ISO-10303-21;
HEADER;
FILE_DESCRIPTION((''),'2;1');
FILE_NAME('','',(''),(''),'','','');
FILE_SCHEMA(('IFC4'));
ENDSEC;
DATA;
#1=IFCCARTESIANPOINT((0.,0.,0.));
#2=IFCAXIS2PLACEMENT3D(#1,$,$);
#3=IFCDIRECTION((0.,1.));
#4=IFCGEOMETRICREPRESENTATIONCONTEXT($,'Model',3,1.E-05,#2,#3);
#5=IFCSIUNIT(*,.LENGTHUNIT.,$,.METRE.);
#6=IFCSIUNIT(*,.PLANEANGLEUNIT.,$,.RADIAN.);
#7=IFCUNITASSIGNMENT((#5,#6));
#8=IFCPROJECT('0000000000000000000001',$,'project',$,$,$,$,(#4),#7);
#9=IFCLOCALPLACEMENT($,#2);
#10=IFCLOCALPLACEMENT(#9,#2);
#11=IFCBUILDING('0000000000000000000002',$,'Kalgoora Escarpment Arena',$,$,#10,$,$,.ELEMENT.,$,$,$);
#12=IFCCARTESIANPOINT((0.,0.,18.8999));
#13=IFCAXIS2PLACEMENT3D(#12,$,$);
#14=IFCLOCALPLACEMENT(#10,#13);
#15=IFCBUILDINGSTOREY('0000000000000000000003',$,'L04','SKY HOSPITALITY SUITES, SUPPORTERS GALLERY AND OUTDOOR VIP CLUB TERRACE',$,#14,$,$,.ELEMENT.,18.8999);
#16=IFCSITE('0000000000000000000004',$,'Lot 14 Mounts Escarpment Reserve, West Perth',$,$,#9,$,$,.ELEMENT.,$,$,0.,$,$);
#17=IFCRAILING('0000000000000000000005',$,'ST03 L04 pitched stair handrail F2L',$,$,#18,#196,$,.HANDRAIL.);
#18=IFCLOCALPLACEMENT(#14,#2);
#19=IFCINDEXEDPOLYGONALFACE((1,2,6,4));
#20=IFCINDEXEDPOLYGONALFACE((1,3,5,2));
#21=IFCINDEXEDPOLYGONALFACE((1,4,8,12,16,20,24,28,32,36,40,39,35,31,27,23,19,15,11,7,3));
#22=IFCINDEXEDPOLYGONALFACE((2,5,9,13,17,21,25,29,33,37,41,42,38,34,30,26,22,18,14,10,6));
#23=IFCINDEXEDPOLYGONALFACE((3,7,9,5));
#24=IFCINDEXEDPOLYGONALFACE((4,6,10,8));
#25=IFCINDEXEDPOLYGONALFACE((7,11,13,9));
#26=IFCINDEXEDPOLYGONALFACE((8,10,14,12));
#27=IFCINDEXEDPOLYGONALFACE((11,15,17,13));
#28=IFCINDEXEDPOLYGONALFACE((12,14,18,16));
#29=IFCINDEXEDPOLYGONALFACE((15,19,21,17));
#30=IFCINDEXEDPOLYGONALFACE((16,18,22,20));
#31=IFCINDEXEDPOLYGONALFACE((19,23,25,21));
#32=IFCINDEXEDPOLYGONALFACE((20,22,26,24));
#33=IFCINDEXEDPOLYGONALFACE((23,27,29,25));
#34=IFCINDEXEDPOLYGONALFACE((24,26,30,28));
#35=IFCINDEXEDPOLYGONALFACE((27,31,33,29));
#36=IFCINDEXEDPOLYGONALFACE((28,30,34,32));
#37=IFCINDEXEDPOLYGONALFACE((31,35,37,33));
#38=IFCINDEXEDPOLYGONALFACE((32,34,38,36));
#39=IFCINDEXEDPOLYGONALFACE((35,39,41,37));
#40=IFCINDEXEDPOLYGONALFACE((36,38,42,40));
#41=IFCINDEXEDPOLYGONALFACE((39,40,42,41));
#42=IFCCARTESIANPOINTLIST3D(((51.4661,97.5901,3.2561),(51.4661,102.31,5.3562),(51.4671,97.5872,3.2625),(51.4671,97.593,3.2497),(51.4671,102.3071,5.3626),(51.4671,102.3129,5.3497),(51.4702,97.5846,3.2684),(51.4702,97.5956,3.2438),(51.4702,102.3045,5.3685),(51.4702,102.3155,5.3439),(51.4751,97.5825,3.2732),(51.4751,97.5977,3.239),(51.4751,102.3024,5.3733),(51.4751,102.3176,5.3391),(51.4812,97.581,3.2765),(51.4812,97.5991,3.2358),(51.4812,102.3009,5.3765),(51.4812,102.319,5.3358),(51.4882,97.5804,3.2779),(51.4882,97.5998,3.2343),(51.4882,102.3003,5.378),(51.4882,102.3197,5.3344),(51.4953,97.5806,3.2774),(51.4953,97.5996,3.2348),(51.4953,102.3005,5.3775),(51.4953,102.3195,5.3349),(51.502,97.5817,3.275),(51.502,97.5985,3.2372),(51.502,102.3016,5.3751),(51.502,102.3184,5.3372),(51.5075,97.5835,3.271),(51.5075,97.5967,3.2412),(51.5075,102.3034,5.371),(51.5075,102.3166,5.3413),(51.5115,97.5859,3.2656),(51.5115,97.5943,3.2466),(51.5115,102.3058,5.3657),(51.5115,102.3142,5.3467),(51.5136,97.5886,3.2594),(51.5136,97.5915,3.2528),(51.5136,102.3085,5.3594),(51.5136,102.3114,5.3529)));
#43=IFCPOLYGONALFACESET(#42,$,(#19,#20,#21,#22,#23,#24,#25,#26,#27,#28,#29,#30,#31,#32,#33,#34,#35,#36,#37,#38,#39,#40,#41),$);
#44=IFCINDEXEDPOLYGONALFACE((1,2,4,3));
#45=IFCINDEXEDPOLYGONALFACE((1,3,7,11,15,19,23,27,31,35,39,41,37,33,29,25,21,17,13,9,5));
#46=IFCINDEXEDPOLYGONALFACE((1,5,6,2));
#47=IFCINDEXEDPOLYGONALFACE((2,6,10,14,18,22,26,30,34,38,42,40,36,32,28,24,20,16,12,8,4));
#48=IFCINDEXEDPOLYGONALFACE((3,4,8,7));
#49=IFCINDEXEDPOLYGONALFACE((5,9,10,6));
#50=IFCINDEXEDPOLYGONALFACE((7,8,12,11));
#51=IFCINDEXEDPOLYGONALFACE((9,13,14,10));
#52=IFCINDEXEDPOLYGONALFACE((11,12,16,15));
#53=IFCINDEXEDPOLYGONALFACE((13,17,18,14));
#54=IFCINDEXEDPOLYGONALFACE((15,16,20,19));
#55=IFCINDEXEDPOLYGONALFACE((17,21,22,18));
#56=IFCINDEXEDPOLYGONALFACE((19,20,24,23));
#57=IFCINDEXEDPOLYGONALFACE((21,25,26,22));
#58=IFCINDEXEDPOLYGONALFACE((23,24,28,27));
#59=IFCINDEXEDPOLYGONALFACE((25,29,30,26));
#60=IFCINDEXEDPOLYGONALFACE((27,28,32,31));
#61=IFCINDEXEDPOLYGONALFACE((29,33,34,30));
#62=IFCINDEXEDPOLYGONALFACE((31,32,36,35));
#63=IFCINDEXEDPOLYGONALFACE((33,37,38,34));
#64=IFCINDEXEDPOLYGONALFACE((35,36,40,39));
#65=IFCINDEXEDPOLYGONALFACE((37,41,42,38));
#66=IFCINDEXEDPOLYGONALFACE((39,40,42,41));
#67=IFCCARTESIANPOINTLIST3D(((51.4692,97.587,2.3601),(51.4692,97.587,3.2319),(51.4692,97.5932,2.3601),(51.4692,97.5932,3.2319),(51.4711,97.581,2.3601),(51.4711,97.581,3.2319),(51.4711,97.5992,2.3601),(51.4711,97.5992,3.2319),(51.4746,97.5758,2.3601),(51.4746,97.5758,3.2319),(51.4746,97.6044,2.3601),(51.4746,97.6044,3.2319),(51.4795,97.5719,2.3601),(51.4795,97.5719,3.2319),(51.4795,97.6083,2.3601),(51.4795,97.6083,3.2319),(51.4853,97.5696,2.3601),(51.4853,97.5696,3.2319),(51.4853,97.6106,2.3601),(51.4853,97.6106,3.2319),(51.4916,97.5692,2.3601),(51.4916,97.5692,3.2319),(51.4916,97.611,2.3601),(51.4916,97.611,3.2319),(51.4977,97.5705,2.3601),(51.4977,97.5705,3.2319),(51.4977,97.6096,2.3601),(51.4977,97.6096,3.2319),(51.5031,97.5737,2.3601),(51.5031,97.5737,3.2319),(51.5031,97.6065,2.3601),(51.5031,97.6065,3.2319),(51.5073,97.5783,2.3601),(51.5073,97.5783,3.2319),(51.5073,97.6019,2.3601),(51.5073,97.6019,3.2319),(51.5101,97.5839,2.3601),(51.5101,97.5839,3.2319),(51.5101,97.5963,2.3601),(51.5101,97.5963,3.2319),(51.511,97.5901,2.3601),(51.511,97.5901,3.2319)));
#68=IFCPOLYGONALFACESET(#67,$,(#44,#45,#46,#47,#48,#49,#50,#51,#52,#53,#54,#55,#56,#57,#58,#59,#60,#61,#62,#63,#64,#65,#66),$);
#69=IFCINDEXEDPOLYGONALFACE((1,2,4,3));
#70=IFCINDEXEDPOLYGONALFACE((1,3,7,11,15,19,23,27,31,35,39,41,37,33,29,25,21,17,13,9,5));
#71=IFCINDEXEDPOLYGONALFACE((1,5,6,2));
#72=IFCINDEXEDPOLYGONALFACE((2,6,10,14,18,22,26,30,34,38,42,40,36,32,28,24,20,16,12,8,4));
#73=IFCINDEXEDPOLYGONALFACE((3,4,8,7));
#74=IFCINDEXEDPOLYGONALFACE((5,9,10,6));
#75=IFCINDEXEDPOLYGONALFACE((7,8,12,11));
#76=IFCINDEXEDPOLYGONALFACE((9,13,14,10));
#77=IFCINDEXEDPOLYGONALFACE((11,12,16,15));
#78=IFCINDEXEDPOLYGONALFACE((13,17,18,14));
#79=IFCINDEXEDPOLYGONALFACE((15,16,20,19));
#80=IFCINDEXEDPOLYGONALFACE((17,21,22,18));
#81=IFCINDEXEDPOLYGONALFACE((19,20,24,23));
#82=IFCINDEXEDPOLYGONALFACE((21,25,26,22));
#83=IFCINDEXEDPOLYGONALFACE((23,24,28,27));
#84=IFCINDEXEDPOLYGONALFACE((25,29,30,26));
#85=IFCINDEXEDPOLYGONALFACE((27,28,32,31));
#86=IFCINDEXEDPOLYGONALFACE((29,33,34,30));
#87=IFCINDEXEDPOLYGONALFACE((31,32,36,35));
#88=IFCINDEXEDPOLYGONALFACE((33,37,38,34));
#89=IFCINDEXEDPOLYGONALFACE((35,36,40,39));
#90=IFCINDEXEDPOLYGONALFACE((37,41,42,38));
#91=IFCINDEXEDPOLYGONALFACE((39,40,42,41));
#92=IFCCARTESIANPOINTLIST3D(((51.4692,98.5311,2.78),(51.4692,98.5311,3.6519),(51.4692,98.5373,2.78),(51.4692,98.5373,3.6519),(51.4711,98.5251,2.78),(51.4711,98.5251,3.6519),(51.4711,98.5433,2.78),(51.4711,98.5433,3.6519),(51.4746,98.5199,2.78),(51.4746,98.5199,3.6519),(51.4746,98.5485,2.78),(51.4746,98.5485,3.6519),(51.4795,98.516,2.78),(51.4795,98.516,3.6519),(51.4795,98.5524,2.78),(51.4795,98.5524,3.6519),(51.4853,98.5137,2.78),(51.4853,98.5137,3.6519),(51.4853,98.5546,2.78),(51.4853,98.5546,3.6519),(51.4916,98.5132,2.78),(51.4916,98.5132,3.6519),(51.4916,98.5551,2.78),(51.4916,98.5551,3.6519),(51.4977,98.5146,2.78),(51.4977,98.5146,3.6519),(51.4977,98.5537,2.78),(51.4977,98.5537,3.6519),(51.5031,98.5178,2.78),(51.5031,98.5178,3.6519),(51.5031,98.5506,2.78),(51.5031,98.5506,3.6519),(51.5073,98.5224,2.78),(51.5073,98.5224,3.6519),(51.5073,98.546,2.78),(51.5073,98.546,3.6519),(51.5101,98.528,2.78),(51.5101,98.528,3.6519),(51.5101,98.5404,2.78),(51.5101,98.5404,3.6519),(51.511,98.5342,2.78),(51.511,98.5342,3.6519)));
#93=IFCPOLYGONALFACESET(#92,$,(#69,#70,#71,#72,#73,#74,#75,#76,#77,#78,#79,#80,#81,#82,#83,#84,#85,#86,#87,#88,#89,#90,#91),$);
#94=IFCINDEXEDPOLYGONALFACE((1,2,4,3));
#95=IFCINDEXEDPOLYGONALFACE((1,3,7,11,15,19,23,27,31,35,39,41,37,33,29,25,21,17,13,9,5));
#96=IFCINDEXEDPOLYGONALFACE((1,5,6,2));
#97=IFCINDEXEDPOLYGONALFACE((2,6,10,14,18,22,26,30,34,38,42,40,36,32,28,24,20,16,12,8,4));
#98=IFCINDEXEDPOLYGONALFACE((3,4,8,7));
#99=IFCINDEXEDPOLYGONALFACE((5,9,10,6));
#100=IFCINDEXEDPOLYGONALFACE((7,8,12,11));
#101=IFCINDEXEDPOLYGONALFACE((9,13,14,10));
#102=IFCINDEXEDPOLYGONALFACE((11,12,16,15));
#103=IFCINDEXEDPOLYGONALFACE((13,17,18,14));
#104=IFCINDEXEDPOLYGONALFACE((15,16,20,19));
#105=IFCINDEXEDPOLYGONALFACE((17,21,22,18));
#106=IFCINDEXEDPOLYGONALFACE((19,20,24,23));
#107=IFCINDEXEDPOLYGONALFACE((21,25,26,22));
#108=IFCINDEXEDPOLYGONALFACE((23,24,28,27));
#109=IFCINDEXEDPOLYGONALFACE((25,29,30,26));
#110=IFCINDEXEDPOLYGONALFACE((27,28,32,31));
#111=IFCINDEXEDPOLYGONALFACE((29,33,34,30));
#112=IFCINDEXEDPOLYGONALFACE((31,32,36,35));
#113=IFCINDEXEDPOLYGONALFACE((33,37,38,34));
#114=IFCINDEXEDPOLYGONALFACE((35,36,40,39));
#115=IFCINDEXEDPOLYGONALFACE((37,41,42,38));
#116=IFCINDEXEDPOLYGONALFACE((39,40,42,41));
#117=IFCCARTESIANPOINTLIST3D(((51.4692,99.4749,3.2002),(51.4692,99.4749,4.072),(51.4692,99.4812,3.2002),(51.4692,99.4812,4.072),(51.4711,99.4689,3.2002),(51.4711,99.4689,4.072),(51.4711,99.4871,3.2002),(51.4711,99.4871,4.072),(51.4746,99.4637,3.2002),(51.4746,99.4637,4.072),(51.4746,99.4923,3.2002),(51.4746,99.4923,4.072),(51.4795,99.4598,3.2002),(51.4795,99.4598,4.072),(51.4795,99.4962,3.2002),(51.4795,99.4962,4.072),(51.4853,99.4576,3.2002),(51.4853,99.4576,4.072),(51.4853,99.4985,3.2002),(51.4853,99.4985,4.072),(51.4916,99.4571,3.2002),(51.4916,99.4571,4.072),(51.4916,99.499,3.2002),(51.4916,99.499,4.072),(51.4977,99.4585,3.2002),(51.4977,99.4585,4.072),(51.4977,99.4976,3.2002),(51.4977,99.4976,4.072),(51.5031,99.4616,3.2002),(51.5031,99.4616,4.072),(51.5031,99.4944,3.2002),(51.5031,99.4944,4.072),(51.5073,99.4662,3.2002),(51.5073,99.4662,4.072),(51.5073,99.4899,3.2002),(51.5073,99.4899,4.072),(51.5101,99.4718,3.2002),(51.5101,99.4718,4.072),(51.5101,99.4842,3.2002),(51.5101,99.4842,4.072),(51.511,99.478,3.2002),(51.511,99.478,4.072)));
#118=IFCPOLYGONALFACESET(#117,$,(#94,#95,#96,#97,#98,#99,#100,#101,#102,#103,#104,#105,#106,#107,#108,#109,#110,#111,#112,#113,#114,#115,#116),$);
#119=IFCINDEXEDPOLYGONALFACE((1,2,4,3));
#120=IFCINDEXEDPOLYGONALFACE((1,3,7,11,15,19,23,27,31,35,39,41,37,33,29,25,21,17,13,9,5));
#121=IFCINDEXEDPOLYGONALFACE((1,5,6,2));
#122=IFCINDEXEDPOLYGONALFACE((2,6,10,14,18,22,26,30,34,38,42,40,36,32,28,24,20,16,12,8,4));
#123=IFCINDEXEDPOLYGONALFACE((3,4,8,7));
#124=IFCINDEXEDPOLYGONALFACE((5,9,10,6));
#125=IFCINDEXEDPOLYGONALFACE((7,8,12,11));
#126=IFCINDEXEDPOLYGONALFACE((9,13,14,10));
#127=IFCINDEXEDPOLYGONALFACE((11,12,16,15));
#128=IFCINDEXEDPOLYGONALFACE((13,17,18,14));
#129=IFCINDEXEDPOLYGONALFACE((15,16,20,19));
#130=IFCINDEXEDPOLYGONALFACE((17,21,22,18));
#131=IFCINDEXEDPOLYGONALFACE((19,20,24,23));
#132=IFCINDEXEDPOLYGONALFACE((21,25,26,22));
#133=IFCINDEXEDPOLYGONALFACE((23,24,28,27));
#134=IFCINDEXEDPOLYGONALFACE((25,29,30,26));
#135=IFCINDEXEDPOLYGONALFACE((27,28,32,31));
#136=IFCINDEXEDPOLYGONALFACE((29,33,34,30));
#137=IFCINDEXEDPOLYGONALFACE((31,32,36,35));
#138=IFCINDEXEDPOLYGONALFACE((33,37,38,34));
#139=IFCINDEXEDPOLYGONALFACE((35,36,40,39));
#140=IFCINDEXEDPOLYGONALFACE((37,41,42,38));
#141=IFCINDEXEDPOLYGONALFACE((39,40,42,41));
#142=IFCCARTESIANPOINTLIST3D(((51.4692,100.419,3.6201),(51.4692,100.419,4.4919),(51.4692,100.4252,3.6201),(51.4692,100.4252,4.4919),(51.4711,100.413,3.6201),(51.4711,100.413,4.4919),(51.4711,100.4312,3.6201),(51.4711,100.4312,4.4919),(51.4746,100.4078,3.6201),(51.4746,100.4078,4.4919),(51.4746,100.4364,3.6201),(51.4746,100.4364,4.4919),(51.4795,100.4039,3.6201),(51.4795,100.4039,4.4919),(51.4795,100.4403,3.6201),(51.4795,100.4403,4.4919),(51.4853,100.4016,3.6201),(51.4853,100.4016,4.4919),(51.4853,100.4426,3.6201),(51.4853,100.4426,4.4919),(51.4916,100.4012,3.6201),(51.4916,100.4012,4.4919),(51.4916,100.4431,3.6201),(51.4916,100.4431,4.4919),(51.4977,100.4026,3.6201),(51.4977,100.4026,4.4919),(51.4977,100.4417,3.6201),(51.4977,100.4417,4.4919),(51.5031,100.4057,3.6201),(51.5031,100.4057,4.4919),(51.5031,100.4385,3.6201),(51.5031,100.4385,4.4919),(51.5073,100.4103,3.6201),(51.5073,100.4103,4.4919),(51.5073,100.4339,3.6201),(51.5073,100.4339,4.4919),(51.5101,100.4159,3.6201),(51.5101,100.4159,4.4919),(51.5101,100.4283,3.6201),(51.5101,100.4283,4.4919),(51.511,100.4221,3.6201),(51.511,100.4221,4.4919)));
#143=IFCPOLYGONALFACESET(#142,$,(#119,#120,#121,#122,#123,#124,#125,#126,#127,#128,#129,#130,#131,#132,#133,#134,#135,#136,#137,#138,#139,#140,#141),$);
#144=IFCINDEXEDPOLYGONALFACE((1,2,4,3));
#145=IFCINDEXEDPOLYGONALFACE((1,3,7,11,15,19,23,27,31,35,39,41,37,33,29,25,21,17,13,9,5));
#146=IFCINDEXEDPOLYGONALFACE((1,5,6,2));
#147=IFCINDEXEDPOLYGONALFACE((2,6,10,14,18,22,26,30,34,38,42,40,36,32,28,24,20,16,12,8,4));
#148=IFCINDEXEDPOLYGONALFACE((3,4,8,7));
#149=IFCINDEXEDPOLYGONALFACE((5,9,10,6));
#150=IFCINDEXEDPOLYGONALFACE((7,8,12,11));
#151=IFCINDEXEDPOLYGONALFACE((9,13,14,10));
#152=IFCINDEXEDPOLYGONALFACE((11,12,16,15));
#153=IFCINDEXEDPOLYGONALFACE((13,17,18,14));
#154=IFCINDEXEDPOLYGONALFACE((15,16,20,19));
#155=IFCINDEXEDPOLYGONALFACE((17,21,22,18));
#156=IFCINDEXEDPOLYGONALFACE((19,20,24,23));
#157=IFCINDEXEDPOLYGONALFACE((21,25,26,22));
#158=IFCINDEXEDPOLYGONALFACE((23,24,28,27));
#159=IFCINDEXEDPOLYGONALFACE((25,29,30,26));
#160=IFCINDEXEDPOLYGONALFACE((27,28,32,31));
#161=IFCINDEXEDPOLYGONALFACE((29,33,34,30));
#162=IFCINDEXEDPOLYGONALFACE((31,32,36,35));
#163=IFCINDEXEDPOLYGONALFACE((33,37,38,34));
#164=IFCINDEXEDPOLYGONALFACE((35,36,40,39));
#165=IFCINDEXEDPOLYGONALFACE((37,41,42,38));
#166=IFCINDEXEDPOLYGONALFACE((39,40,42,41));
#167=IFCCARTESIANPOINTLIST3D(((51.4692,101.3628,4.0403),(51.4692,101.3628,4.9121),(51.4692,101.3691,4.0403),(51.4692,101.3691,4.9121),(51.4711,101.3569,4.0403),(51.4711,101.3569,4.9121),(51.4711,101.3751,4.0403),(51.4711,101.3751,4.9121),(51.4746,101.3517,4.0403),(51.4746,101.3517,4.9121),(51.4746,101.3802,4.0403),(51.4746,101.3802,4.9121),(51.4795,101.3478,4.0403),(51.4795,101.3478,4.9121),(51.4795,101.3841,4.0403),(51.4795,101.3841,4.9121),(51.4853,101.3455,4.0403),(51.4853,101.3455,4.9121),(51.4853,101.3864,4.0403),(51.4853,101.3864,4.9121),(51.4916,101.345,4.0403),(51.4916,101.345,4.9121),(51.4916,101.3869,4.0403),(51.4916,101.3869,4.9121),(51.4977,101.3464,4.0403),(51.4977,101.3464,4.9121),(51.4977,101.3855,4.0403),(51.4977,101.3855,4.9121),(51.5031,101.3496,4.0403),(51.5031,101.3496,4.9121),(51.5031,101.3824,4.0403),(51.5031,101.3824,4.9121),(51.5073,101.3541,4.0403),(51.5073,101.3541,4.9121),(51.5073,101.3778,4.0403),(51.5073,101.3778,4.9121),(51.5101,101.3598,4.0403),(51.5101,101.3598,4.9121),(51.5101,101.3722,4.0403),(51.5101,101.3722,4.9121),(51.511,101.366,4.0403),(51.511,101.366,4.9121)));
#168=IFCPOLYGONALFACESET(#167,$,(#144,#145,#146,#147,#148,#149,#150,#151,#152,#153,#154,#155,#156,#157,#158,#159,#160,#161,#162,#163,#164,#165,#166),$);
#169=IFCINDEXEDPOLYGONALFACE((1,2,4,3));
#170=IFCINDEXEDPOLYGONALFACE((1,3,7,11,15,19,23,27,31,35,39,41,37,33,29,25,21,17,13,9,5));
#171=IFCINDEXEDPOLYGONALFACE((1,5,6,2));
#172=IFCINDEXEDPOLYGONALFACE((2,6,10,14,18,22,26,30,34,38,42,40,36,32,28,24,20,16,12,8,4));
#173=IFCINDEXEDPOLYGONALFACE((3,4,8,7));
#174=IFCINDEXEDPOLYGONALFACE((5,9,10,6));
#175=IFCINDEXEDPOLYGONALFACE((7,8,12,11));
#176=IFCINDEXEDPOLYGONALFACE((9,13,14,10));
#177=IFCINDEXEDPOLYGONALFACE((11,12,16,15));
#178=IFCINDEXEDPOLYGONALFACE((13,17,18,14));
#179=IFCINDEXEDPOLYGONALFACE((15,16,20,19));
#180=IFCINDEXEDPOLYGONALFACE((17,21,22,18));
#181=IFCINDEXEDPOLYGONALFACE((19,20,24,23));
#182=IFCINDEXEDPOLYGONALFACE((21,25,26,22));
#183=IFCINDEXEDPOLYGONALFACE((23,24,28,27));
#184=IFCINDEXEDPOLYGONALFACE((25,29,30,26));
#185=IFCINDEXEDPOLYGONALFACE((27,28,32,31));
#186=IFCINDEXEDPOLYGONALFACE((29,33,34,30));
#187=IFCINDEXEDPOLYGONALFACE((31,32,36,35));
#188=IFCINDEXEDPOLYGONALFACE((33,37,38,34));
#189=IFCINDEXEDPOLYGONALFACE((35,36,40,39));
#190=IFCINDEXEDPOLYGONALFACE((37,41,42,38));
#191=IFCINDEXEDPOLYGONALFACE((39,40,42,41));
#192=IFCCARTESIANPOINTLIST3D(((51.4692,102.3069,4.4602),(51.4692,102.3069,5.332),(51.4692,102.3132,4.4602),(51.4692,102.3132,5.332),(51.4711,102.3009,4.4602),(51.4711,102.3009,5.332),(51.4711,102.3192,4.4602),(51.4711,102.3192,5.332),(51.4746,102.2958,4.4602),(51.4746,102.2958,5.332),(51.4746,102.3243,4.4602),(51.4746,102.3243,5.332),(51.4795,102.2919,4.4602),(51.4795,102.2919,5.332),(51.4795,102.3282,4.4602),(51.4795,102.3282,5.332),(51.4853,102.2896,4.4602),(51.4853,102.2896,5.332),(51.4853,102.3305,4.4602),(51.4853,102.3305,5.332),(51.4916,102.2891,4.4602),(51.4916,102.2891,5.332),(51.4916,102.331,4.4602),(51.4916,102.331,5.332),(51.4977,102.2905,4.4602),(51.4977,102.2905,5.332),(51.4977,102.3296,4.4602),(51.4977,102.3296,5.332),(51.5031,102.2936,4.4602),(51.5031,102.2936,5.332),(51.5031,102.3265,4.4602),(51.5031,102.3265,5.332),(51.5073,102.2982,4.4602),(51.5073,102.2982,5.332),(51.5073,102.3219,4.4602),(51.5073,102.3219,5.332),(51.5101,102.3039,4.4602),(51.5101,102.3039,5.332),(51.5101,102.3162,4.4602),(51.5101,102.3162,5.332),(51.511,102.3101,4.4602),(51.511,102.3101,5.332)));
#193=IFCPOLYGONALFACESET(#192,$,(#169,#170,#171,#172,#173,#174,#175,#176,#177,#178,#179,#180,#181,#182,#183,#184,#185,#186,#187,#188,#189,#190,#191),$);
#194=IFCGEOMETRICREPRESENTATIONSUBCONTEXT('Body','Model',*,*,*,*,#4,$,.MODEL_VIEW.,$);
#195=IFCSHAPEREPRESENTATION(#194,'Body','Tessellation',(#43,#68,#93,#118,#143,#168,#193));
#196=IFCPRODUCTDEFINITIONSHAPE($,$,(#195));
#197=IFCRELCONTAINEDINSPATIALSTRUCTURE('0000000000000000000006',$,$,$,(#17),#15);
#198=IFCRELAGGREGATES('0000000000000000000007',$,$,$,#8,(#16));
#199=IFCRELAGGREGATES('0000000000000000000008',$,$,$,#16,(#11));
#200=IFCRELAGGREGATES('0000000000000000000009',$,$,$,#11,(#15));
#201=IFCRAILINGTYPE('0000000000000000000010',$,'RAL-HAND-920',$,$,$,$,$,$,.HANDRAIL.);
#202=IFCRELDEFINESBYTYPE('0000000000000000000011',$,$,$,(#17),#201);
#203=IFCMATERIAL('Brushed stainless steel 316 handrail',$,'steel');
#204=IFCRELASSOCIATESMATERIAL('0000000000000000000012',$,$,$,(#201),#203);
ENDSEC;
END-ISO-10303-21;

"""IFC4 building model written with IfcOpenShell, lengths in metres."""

from ifc_helpers import new_model, si_unit, direction, frame, origin, origin_2d, place, context, subcontext, project, spatial, circle, extrude, material, type_object, element, save


model = new_model("IFC4")

# Units and contexts
model_context = context("Model", 3, precision=1e-05, world=origin(), true_north=direction((0.0, 1.0)))
body_context = subcontext(model_context, "Body", "Model", "MODEL_VIEW")
ifc_project = project(units=[si_unit("LENGTHUNIT", "METRE"), si_unit("PLANEANGLEUNIT", "RADIAN")], contexts=[model_context])

# Site, building, storey
site_placement = place(None, origin())
site = spatial("IfcSite", under=ifc_project, at=site_placement, Name="Lot 14 Mounts Escarpment Reserve, West Perth", CompositionType="ELEMENT", RefElevation=0.0)
building_placement = place(site_placement, origin())
building = spatial("IfcBuilding", under=site, at=building_placement, Name="Kalgoora Escarpment Arena", CompositionType="ELEMENT")
storey_placement = place(building_placement, frame((0.0, 0.0, 18.8999)))
storey = spatial("IfcBuildingStorey", under=building, at=storey_placement, Name="L04", Description="SKY HOSPITALITY SUITES, SUPPORTERS GALLERY AND OUTDOOR VIP CLUB TERRACE", CompositionType="ELEMENT", Elevation=18.8999)

# Railing
ifc_material_1 = material(Name="Brushed stainless steel 316 handrail", Category="steel")
railing_type_1 = type_object("IfcRailingType", Name="RAL-HAND-920", PredefinedType="HANDRAIL", material=ifc_material_1)
for number, where, name in (
    (1, (51.49, 97.5901, 2.3601), "ST03 L04 pitched stair handrail F2L"),
):
    element("IfcRailing", number, at=place(storey_placement, frame(where)), inside=storey, type_object=railing_type_1, Name=name, PredefinedType="HANDRAIL", context=body_context, shape_type="SweptSolid", body=[
        extrude(circle(Radius=0.0239, at=origin_2d()), frame((0.0, 0.0, 0.896), z_axis=(0.0, 0.913644, 0.406516), x_axis=(-1.0, 0.0, 0.0)), (0.0, 0.0, 1.0), 5.166),
        extrude(circle(Radius=0.021, at=origin_2d()), origin(), (0.0, 0.0, 1.0), 0.8718),
        extrude(circle(Radius=0.021, at=origin_2d()), frame((0.0, 0.9441, 0.4199)), (0.0, 0.0, 1.0), 0.8718),
        extrude(circle(Radius=0.021, at=origin_2d()), frame((0.0, 1.8879, 0.8401)), (0.0, 0.0, 1.0), 0.8718),
        extrude(circle(Radius=0.021, at=origin_2d()), frame((0.0, 2.832, 1.26)), (0.0, 0.0, 1.0), 0.8718),
        extrude(circle(Radius=0.021, at=origin_2d()), frame((0.0, 3.7759, 1.6802)), (0.0, 0.0, 1.0), 0.8718),
        extrude(circle(Radius=0.021, at=origin_2d()), frame((0.0, 4.72, 2.1001)), (0.0, 0.0, 1.0), 0.8718),
    ])

save(model, "model.ifc")
